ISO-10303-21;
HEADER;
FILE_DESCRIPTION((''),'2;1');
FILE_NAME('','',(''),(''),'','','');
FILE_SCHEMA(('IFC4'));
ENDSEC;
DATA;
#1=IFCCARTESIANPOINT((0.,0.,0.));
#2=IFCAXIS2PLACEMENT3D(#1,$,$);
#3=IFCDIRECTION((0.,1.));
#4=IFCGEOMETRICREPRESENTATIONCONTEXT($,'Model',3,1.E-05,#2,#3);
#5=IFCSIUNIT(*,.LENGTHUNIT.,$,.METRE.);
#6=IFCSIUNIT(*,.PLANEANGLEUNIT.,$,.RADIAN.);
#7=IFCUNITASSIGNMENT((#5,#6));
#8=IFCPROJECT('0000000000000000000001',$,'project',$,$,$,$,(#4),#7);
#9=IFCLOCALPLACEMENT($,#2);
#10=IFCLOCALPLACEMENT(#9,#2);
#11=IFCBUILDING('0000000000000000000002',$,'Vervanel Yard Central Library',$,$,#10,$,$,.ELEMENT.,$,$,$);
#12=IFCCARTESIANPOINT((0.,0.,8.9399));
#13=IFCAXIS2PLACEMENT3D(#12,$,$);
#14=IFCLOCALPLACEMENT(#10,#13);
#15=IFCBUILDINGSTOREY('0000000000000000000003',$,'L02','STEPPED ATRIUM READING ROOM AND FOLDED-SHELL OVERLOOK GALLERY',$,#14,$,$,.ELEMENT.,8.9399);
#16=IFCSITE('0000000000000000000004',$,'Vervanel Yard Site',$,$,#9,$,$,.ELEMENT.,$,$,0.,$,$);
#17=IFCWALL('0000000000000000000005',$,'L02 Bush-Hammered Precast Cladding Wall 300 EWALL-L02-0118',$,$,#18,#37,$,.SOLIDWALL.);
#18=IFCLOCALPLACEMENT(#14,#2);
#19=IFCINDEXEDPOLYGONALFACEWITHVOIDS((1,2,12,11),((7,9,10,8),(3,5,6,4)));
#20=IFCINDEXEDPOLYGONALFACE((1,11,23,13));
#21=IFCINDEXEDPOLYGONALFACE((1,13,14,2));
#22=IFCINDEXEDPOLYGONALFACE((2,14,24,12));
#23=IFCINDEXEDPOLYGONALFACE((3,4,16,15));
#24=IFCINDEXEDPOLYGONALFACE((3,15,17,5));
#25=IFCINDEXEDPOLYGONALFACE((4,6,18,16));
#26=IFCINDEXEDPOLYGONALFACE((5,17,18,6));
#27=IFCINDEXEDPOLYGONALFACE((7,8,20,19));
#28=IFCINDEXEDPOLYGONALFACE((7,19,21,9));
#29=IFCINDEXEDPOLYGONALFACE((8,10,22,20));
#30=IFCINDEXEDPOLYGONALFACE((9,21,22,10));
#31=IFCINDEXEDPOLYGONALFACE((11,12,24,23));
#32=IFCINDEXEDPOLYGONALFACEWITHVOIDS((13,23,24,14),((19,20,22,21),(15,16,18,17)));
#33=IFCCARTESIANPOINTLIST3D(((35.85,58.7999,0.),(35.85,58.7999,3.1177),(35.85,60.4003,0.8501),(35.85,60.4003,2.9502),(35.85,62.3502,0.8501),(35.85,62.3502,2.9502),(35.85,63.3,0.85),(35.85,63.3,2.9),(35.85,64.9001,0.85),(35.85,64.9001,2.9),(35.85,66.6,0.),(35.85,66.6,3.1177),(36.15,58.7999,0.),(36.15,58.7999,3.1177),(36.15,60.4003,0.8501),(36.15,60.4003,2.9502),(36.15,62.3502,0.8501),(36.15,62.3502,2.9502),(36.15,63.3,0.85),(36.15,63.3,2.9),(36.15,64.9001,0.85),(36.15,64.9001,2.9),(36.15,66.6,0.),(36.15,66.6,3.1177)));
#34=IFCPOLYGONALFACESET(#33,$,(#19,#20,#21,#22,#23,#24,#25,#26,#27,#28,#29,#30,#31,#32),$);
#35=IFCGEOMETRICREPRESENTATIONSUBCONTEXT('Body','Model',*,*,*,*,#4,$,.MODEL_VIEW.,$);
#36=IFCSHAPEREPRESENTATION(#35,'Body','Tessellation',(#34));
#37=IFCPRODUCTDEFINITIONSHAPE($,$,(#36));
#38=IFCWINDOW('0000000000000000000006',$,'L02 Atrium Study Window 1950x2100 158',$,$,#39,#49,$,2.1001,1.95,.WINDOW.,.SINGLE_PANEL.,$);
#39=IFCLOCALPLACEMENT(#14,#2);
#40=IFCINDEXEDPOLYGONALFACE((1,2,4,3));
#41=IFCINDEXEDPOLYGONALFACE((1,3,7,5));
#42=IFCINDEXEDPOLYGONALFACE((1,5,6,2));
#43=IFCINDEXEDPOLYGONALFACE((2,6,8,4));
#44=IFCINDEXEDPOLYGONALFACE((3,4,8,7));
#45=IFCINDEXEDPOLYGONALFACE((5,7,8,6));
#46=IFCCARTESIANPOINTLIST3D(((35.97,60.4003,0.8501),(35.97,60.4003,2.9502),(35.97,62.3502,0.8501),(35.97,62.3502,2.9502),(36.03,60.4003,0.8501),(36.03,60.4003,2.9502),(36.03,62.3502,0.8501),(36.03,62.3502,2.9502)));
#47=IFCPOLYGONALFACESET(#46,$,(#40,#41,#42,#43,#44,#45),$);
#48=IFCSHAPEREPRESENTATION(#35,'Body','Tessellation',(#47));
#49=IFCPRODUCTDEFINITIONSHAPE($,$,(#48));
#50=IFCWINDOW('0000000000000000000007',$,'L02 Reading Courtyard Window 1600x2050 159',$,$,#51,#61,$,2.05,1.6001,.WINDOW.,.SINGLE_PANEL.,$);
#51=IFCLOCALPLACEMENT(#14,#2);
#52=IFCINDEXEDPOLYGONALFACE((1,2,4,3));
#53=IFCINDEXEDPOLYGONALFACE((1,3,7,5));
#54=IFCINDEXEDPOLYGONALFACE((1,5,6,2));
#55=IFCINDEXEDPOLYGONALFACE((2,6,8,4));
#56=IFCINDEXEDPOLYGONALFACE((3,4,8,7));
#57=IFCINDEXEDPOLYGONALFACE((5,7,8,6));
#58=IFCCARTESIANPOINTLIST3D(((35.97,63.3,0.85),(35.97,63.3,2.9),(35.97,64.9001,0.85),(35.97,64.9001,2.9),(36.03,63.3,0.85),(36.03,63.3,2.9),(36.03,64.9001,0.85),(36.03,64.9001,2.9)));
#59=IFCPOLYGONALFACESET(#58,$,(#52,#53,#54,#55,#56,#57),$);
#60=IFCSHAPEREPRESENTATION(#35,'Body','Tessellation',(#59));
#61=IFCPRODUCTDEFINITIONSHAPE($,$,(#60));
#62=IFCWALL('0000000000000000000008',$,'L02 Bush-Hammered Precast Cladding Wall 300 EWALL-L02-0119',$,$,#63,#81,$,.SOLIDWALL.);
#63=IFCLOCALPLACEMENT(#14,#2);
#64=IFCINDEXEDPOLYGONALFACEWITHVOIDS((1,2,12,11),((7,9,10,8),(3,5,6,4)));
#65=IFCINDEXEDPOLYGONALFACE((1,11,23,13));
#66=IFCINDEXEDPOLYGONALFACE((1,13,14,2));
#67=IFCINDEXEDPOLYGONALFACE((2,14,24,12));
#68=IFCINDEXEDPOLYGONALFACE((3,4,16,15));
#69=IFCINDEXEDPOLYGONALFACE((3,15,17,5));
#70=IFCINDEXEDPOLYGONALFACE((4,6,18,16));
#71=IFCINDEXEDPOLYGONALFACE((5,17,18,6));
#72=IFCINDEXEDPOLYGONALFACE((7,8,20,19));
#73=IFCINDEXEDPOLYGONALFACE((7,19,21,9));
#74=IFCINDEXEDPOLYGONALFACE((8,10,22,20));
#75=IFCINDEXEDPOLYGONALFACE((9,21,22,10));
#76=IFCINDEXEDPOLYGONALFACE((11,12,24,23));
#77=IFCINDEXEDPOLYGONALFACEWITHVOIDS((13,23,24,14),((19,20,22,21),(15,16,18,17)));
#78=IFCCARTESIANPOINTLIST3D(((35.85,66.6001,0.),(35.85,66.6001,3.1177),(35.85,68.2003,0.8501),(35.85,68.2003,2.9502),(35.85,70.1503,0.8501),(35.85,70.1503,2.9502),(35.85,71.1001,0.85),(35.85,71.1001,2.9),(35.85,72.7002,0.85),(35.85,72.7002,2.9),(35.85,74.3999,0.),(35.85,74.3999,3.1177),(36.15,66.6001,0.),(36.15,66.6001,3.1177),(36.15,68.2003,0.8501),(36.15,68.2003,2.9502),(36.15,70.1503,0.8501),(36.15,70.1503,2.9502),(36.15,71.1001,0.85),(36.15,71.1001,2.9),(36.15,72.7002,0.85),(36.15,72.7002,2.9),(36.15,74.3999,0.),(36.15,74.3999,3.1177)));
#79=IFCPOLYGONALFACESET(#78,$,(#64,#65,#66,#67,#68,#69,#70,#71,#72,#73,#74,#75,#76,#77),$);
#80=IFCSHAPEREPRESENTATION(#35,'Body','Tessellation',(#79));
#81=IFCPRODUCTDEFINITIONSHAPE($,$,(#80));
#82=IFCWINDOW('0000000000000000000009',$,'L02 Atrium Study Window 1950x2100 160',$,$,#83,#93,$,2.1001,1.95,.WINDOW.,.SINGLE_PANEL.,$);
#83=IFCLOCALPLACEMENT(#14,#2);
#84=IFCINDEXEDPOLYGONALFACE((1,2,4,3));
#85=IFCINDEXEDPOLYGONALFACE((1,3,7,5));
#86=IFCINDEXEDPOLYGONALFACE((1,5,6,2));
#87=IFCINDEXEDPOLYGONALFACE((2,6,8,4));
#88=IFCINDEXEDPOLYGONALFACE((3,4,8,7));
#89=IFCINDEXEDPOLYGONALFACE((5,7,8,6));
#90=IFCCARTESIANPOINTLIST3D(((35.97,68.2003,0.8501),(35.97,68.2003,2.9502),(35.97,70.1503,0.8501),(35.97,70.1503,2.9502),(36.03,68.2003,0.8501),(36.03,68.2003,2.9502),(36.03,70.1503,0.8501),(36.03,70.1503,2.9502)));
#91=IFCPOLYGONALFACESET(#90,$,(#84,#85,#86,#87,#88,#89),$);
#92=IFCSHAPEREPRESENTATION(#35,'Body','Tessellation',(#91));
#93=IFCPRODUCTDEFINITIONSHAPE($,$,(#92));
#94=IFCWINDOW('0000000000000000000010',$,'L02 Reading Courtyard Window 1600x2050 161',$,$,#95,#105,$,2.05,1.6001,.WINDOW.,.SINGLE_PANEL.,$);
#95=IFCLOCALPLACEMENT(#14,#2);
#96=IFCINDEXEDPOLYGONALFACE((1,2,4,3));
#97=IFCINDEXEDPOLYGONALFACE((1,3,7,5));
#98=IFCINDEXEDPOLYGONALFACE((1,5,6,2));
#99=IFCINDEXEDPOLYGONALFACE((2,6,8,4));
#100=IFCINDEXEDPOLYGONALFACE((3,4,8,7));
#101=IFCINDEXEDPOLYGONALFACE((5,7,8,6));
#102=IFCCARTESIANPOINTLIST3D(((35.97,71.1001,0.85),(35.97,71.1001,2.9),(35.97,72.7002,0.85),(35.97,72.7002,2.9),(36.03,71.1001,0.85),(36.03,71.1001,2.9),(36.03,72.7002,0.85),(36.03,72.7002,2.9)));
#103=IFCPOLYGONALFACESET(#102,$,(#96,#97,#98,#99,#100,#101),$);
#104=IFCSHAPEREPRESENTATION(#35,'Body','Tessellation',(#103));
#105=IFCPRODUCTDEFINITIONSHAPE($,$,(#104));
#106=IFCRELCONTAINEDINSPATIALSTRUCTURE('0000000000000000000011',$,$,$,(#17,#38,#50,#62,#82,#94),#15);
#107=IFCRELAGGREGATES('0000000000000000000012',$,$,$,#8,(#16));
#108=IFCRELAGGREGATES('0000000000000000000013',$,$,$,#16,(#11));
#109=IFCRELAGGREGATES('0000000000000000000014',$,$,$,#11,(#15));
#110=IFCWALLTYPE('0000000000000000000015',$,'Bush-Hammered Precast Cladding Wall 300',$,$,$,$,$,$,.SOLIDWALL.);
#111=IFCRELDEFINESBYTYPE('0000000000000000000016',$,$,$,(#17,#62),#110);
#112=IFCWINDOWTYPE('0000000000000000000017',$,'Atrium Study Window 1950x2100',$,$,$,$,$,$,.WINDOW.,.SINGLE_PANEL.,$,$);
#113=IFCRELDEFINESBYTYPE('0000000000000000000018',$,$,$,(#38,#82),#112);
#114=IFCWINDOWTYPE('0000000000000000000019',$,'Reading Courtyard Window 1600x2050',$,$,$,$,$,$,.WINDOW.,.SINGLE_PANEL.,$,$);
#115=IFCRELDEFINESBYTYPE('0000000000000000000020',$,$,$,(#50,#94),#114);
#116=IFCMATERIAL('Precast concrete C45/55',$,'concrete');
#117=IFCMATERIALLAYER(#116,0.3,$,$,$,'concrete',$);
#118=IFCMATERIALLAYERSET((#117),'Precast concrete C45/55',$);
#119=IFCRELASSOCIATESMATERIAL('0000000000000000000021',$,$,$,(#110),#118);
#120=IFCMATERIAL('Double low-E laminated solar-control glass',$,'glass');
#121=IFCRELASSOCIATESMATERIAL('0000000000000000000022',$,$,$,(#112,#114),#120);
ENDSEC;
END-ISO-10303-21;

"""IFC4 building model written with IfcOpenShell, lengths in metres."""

from ifc_helpers import new_model, si_unit, direction, frame, frame_2d, origin, place, context, subcontext, project, spatial, rectangle, extrude, material, layer, layer_set, type_object, element, fill, save


model = new_model("IFC4")

# Units and contexts
model_context = context("Model", 3, precision=1e-05, world=origin(), true_north=direction((0.0, 1.0)))
body_context = subcontext(model_context, "Body", "Model", "MODEL_VIEW")
ifc_project = project(units=[si_unit("LENGTHUNIT", "METRE"), si_unit("PLANEANGLEUNIT", "RADIAN")], contexts=[model_context])

# Site, building, storey
site_placement = place(None, origin())
site = spatial("IfcSite", under=ifc_project, at=site_placement, Name="Vervanel Yard Site", CompositionType="ELEMENT", RefElevation=0.0)
building_placement = place(site_placement, origin())
building = spatial("IfcBuilding", under=site, at=building_placement, Name="Vervanel Yard Central Library", CompositionType="ELEMENT")
storey_placement = place(building_placement, frame((0.0, 0.0, 8.9399)))
storey = spatial("IfcBuildingStorey", under=building, at=storey_placement, Name="L02", Description="STEPPED ATRIUM READING ROOM AND FOLDED-SHELL OVERLOOK GALLERY", CompositionType="ELEMENT", Elevation=8.9399)

# Shared definitions
ifc_material_1 = material(Name="Double low-E laminated solar-control glass", Category="glass")

# Walls, openings, windows
ifc_material_2 = material(Name="Precast concrete C45/55", Category="concrete")
ifc_layer_1 = layer(ifc_material_2, 0.3, Category="concrete")
ifc_layer_set_1 = layer_set([ifc_layer_1], Name="Precast concrete C45/55")
wall_type = type_object("IfcWallType", Name="Bush-Hammered Precast Cladding Wall 300", PredefinedType="SOLIDWALL", material=ifc_layer_set_1)
wall_1_placement = place(storey_placement, frame((36.0, 58.8, 0.0), z_axis=(0.0, 0.0, 1.0), x_axis=(0.0, 1.0, 0.0)))
wall_1 = element("IfcWall", 1, at=wall_1_placement, inside=storey, type_object=wall_type, Name="L02 Bush-Hammered Precast Cladding Wall 300 EWALL-L02-0118", PredefinedType="SOLIDWALL", context=body_context, shape_type="SweptSolid", body=[
    extrude(rectangle(XDim=7.8, YDim=0.3, at=frame_2d((3.8999, 0.0))), origin(), (0.0, 0.0, 1.0), 3.1177),
])
opening_1_placement = place(wall_1_placement, frame((1.6001, 0.0, 0.8501)))
opening_1 = element("IfcOpeningElement", 2, at=opening_1_placement, cuts=wall_1, PredefinedType="OPENING", context=body_context, shape_type="SweptSolid", body=[
    extrude(rectangle(XDim=1.95, YDim=2.1001, at=frame_2d((0.9751, 1.05))), frame((0.0, 0.1599, 0.0), z_axis=(0.0, -1.0, 0.0), x_axis=(1.0, 0.0, 0.0)), (0.0, 0.0, 1.0), 0.3201),
])
opening_2_placement = place(wall_1_placement, frame((4.5, 0.0, 0.8501)))
opening_2 = element("IfcOpeningElement", 3, at=opening_2_placement, cuts=wall_1, PredefinedType="OPENING", context=body_context, shape_type="SweptSolid", body=[
    extrude(rectangle(XDim=1.6001, YDim=2.05, at=frame_2d((0.8, 1.0249))), frame((0.0, 0.1599, 0.0), z_axis=(0.0, -1.0, 0.0), x_axis=(1.0, 0.0, 0.0)), (0.0, 0.0, 1.0), 0.3201),
])
window_type_1 = type_object("IfcWindowType", Name="Atrium Study Window 1950x2100", PartitioningType="SINGLE_PANEL", PredefinedType="WINDOW", material=ifc_material_1)
window_1_placement = place(opening_1_placement, origin())
window_1 = element("IfcWindow", 4, at=window_1_placement, inside=storey, type_object=window_type_1, Name="L02 Atrium Study Window 1950x2100 158", OverallHeight=2.1001, OverallWidth=1.95, PartitioningType="SINGLE_PANEL", PredefinedType="WINDOW", context=body_context, shape_type="SweptSolid", body=[
    extrude(rectangle(XDim=1.95, YDim=2.1001, at=frame_2d((0.9751, 1.05))), frame((0.0, 0.03, 0.0), z_axis=(0.0, -1.0, 0.0), x_axis=(1.0, 0.0, 0.0)), (0.0, 0.0, 1.0), 0.0601),
])
fill(opening_1, window_1)
window_type_2 = type_object("IfcWindowType", Name="Reading Courtyard Window 1600x2050", PartitioningType="SINGLE_PANEL", PredefinedType="WINDOW", material=ifc_material_1)
window_2_placement = place(opening_2_placement, origin())
window_2 = element("IfcWindow", 5, at=window_2_placement, inside=storey, type_object=window_type_2, Name="L02 Reading Courtyard Window 1600x2050 159", OverallHeight=2.05, OverallWidth=1.6001, PartitioningType="SINGLE_PANEL", PredefinedType="WINDOW", context=body_context, shape_type="SweptSolid", body=[
    extrude(rectangle(XDim=1.6001, YDim=2.05, at=frame_2d((0.8, 1.0249))), frame((0.0, 0.03, 0.0), z_axis=(0.0, -1.0, 0.0), x_axis=(1.0, 0.0, 0.0)), (0.0, 0.0, 1.0), 0.0601),
])
fill(opening_2, window_2)
wall_2_placement = place(storey_placement, frame((36.0, 66.6001, 0.0), z_axis=(0.0, 0.0, 1.0), x_axis=(0.0, 1.0, 0.0)))
wall_2 = element("IfcWall", 6, at=wall_2_placement, inside=storey, type_object=wall_type, Name="L02 Bush-Hammered Precast Cladding Wall 300 EWALL-L02-0119", PredefinedType="SOLIDWALL", context=body_context, shape_type="SweptSolid", body=[
    extrude(rectangle(XDim=7.7998, YDim=0.3, at=frame_2d((3.8999, 0.0))), origin(), (0.0, 0.0, 1.0), 3.1177),
])
opening_3_placement = place(wall_2_placement, frame((1.6001, 0.0, 0.8501)))
opening_3 = element("IfcOpeningElement", 7, at=opening_3_placement, cuts=wall_2, PredefinedType="OPENING", context=body_context, shape_type="SweptSolid", body=[
    extrude(rectangle(XDim=1.95, YDim=2.1001, at=frame_2d((0.9751, 1.05))), frame((0.0, 0.1599, 0.0), z_axis=(0.0, -1.0, 0.0), x_axis=(1.0, 0.0, 0.0)), (0.0, 0.0, 1.0), 0.3201),
])
opening_4_placement = place(wall_2_placement, frame((4.5, 0.0, 0.8501)))
opening_4 = element("IfcOpeningElement", 8, at=opening_4_placement, cuts=wall_2, PredefinedType="OPENING", context=body_context, shape_type="SweptSolid", body=[
    extrude(rectangle(XDim=1.6001, YDim=2.05, at=frame_2d((0.8, 1.0249))), frame((0.0, 0.1599, 0.0), z_axis=(0.0, -1.0, 0.0), x_axis=(1.0, 0.0, 0.0)), (0.0, 0.0, 1.0), 0.3201),
])
window_3_placement = place(opening_3_placement, origin())
window_3 = element("IfcWindow", 9, at=window_3_placement, inside=storey, type_object=window_type_1, Name="L02 Atrium Study Window 1950x2100 160", OverallHeight=2.1001, OverallWidth=1.95, PartitioningType="SINGLE_PANEL", PredefinedType="WINDOW", context=body_context, shape_type="SweptSolid", body=[
    extrude(rectangle(XDim=1.95, YDim=2.1001, at=frame_2d((0.9751, 1.05))), frame((0.0, 0.03, 0.0), z_axis=(0.0, -1.0, 0.0), x_axis=(1.0, 0.0, 0.0)), (0.0, 0.0, 1.0), 0.0601),
])
fill(opening_3, window_3)
window_4_placement = place(opening_4_placement, origin())
window_4 = element("IfcWindow", 10, at=window_4_placement, inside=storey, type_object=window_type_2, Name="L02 Reading Courtyard Window 1600x2050 161", OverallHeight=2.05, OverallWidth=1.6001, PartitioningType="SINGLE_PANEL", PredefinedType="WINDOW", context=body_context, shape_type="SweptSolid", body=[
    extrude(rectangle(XDim=1.6001, YDim=2.05, at=frame_2d((0.8, 1.0249))), frame((0.0, 0.03, 0.0), z_axis=(0.0, -1.0, 0.0), x_axis=(1.0, 0.0, 0.0)), (0.0, 0.0, 1.0), 0.0601),
])
fill(opening_4, window_4)

save(model, "model.ifc")
